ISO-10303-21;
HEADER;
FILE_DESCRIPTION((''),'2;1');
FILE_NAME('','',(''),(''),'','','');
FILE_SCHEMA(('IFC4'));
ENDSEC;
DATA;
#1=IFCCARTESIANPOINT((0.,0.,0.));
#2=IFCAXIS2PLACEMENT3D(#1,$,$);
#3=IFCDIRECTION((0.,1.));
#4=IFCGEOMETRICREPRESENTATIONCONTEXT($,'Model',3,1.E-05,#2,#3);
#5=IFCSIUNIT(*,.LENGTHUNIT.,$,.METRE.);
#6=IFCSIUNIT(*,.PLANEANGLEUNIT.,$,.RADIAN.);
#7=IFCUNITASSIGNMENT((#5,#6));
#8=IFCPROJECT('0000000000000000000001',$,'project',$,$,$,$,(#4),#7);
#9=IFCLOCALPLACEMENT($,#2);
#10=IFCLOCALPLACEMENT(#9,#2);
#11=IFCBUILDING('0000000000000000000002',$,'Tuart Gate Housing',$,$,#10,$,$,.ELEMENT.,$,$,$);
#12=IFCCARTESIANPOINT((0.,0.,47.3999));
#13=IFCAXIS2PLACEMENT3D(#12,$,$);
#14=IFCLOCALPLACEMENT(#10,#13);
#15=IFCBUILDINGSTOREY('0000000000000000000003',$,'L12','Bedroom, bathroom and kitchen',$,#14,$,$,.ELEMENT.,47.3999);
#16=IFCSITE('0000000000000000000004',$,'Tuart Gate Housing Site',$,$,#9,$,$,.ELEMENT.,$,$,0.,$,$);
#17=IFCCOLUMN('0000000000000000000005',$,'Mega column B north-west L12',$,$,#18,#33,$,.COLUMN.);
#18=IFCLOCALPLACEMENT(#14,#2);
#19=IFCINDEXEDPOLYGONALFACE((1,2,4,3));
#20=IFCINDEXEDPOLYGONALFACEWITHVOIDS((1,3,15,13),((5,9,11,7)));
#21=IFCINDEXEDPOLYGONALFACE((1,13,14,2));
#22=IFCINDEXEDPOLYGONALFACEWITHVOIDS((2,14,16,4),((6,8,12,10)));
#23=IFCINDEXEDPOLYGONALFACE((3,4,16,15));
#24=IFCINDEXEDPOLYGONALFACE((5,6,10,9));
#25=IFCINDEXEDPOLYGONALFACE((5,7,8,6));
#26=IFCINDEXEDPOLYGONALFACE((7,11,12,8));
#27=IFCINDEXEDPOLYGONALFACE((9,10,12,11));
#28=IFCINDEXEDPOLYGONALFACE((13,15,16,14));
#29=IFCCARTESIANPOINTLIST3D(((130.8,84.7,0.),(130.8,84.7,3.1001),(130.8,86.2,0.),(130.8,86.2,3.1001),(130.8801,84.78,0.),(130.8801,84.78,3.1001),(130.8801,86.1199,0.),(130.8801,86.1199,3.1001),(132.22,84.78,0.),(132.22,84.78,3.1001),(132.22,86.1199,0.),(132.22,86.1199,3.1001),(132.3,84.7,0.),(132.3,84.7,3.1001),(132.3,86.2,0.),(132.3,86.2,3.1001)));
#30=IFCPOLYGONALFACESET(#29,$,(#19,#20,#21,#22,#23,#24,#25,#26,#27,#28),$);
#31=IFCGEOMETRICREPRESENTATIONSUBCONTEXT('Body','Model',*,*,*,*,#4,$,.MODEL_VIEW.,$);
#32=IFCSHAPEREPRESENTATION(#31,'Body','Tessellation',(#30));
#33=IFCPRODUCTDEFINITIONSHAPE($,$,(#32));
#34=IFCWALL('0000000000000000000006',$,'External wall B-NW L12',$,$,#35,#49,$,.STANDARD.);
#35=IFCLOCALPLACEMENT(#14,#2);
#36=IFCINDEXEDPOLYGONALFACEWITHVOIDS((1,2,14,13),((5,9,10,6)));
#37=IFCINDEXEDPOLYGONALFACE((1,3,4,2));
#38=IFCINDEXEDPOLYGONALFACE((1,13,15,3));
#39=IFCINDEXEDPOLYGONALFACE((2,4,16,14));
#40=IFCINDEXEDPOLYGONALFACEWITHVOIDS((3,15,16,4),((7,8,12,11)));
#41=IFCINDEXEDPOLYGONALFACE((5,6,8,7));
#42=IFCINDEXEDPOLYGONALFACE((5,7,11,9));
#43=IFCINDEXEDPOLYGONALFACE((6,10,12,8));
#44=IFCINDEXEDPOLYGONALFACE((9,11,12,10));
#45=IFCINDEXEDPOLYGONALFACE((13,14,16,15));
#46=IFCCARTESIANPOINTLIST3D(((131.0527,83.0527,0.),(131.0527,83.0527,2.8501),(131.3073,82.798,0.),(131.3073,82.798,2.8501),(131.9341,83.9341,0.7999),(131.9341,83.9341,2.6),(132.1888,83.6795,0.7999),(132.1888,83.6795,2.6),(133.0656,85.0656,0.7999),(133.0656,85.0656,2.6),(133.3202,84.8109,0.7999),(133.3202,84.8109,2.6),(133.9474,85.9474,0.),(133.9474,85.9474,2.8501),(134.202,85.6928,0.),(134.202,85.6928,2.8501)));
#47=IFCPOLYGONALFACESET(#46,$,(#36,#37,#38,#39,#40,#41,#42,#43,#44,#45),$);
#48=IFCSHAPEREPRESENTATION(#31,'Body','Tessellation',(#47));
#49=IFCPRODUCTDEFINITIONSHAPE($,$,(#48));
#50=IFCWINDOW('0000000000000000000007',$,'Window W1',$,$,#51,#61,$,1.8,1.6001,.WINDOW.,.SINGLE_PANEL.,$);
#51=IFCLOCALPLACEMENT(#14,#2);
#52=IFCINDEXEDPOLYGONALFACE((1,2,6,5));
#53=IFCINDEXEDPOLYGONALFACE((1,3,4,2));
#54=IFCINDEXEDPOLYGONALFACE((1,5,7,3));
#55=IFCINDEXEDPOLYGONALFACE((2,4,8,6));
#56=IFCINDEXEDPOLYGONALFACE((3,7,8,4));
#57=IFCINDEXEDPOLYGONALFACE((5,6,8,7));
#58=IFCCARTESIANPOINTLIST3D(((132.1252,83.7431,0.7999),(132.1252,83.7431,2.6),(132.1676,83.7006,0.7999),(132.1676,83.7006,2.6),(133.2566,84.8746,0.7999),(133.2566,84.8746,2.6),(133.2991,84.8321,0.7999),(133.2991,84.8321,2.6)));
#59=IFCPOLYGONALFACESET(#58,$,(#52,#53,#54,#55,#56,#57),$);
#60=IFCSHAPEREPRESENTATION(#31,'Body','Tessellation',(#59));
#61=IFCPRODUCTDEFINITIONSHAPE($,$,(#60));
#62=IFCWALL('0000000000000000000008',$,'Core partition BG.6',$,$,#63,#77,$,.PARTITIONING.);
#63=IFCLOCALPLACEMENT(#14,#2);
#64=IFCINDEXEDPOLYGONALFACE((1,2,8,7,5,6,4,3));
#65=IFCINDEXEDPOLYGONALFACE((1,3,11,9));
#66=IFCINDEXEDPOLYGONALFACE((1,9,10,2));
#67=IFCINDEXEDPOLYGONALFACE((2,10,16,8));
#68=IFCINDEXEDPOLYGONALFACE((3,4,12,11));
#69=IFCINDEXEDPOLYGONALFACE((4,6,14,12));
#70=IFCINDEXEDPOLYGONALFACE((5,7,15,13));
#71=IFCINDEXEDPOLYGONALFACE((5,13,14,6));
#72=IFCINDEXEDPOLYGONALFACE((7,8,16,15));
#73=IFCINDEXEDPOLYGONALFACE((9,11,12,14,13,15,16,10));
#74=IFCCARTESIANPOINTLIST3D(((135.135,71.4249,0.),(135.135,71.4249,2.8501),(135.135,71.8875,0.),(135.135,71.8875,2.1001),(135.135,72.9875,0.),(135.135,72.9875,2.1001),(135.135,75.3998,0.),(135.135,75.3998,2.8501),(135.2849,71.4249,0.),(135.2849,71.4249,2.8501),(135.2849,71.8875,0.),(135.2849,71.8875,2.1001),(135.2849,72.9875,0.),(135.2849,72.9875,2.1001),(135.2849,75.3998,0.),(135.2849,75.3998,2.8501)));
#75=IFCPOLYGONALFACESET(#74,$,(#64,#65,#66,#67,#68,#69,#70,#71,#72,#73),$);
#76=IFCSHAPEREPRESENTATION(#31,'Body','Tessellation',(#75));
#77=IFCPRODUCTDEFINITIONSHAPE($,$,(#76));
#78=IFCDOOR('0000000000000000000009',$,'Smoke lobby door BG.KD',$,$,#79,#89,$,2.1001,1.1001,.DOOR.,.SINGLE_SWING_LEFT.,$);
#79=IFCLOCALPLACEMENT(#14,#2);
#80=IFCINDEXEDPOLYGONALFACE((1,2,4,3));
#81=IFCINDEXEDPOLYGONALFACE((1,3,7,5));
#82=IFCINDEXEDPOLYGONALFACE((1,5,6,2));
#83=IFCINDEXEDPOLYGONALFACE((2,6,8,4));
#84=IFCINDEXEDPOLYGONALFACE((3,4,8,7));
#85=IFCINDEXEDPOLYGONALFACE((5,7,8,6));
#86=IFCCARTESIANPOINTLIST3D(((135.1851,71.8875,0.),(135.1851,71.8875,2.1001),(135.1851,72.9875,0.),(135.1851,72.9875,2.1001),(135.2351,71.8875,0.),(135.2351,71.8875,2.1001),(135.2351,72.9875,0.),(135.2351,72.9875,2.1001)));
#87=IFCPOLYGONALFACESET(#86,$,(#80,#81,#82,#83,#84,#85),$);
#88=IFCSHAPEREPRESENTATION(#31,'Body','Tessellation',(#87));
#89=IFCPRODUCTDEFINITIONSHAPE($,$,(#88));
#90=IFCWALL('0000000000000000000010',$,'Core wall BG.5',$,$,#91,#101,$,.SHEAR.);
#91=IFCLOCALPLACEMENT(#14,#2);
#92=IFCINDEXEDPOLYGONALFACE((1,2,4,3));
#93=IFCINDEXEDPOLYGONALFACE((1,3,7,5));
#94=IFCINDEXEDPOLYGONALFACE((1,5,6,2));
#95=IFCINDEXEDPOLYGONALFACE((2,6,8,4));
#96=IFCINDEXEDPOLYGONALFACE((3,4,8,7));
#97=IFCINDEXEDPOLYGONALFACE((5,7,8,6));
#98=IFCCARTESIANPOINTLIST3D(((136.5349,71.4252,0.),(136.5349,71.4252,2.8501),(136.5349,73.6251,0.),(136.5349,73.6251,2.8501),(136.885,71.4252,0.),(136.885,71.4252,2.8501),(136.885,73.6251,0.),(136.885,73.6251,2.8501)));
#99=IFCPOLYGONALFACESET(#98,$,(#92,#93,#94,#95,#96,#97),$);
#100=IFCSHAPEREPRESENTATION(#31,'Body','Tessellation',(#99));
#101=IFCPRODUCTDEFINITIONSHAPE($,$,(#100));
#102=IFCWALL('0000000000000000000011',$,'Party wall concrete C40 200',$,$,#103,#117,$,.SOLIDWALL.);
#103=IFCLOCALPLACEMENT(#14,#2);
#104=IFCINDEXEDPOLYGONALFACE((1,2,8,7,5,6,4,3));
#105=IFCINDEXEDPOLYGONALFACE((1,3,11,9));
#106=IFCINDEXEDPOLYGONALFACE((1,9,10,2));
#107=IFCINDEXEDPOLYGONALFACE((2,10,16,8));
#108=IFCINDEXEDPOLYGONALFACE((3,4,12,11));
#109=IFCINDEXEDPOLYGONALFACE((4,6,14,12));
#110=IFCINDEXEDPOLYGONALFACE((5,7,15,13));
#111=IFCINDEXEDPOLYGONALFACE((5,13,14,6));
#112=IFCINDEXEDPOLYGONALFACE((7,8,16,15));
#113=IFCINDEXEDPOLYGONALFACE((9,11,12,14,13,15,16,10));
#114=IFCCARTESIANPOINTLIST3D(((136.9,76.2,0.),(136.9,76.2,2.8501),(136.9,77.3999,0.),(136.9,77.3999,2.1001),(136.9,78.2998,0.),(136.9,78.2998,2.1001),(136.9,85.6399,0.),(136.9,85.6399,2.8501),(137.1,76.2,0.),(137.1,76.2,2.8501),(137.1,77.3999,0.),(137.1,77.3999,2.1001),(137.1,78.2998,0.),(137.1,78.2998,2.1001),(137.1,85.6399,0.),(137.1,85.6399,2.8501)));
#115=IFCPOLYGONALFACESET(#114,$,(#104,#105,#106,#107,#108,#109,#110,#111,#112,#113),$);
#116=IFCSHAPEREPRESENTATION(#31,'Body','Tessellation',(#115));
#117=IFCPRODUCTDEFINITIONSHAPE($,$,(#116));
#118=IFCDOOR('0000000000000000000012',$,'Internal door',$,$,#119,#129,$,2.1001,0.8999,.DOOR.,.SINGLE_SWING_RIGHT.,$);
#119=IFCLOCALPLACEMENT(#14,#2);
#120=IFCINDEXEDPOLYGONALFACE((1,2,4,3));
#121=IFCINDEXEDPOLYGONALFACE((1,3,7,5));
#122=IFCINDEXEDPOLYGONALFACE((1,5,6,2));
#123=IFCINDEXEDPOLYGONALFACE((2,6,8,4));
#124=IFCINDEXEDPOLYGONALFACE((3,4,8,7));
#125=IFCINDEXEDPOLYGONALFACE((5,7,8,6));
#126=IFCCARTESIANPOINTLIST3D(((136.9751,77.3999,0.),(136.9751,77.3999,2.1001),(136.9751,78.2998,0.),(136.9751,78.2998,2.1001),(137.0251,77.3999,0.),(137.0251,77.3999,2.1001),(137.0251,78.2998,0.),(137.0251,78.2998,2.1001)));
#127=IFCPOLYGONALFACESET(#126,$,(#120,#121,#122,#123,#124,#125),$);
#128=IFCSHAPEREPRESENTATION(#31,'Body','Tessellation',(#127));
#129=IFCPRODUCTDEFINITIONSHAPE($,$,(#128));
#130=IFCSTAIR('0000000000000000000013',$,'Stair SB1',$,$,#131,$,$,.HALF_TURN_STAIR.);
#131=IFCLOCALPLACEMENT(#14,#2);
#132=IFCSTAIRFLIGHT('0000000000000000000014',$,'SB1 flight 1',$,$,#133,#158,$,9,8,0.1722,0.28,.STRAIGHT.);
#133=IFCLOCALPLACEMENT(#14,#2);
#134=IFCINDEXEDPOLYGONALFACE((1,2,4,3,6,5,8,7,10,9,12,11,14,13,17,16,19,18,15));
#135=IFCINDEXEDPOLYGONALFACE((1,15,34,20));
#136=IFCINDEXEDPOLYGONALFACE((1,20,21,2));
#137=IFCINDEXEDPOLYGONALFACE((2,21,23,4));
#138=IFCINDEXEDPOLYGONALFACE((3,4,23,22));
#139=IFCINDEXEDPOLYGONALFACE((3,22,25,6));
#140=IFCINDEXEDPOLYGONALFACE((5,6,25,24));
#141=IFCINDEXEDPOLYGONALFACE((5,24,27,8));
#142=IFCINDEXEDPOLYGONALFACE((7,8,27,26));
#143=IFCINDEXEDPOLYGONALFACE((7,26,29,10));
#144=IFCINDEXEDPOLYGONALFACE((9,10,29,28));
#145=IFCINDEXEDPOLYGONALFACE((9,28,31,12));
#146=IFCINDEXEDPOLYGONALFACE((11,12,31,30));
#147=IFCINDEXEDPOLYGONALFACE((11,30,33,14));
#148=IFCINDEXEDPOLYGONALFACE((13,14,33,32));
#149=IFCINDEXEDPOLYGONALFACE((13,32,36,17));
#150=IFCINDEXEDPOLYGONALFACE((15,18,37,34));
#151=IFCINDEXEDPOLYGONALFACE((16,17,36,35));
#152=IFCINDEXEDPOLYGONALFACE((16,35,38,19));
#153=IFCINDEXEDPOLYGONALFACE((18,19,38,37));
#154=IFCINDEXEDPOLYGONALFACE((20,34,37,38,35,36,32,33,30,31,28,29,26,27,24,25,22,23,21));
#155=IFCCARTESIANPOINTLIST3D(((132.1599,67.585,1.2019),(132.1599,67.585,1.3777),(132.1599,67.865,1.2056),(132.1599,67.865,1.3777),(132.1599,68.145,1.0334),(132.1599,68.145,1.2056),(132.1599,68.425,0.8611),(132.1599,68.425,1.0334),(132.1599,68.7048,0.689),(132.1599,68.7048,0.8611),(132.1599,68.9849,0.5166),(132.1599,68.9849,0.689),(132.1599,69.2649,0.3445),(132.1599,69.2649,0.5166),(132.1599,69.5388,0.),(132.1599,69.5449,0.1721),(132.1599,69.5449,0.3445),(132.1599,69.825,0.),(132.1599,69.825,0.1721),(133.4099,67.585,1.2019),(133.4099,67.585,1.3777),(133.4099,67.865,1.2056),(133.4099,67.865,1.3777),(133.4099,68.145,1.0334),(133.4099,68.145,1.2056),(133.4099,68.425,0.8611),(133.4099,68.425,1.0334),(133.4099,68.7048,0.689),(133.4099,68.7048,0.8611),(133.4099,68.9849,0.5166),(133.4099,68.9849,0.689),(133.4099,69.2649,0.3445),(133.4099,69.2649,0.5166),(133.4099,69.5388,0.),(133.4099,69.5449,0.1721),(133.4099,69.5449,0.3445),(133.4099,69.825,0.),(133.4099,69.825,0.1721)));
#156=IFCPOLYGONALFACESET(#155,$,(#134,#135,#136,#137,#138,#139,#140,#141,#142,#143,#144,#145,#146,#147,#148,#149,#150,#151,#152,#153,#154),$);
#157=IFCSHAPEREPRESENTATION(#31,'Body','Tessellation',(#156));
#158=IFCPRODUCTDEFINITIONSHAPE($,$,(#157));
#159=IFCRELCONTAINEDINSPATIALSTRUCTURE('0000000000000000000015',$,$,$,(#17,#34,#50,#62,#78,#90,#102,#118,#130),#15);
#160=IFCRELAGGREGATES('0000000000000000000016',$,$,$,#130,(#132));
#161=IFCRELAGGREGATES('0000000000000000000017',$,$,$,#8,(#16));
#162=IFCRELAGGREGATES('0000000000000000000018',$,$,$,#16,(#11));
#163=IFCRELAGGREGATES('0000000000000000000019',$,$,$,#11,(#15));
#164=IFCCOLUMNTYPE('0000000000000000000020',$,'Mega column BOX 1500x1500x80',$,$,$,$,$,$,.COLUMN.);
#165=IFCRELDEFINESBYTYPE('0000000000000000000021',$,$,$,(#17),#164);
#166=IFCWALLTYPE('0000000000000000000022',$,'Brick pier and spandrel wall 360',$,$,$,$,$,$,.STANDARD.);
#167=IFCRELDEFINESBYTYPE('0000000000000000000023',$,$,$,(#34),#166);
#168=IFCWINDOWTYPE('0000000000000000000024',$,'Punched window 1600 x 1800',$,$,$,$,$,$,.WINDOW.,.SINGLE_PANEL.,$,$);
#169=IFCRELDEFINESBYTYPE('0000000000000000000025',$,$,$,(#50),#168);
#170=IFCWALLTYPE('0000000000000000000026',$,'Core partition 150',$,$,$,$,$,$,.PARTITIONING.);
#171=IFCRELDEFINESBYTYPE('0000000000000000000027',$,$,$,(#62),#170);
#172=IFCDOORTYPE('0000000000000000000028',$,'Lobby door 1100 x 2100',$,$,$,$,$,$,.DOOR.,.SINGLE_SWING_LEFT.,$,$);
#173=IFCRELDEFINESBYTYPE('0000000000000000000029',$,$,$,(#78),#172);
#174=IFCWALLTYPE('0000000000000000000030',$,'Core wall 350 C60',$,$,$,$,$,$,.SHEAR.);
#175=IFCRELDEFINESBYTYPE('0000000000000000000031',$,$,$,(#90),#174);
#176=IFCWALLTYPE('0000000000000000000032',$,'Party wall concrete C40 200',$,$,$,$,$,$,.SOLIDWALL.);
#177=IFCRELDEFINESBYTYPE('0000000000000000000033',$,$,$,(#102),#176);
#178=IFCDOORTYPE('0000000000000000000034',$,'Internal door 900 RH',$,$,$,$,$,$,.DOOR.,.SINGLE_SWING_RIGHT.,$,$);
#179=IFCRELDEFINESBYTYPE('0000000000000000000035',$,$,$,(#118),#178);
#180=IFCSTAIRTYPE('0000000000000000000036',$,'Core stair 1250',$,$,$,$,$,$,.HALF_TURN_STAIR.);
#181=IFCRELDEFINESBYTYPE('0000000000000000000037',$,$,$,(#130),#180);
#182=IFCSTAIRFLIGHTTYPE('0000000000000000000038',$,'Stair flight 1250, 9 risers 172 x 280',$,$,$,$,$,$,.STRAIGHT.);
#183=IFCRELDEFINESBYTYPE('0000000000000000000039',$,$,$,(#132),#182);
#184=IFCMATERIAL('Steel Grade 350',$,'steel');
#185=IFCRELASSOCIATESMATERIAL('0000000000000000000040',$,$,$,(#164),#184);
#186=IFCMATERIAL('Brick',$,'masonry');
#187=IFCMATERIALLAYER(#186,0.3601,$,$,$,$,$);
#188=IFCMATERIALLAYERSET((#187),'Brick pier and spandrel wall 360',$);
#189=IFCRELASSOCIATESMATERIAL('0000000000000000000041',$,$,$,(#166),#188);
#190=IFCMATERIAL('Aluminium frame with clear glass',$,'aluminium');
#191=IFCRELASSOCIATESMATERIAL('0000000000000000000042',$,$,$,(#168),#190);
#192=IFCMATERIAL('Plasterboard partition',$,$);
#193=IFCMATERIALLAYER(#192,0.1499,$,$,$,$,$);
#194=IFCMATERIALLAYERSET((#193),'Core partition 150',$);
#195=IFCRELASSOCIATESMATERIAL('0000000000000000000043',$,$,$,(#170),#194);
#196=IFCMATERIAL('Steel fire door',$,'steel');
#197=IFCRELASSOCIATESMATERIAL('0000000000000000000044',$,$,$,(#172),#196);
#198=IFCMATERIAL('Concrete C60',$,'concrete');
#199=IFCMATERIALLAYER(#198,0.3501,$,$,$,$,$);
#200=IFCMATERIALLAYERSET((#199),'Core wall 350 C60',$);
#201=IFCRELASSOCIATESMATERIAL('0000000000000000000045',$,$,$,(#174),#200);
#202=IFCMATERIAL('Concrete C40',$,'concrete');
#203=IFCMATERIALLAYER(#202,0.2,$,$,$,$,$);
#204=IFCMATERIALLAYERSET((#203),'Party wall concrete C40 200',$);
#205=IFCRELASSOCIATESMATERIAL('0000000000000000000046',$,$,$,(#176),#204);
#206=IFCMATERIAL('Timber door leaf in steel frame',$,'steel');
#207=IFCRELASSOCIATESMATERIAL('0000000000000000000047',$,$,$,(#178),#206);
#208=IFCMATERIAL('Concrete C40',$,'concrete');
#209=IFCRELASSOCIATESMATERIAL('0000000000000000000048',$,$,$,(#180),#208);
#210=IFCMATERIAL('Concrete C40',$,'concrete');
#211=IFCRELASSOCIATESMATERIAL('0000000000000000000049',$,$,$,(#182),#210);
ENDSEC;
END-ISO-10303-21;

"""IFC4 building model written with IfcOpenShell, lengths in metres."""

from ifc_helpers import new_model, si_unit, direction, frame, frame_2d, origin, origin_2d, place, context, subcontext, project, spatial, polyline, rectangle, hollow_rectangle, outline, extrude, material, layer, layer_set, material_profile, profile_set, type_object, element, fill, aggregate, save


model = new_model("IFC4")

# Units and contexts
model_context = context("Model", 3, precision=1e-05, world=origin(), true_north=direction((0.0, 1.0)))
body_context = subcontext(model_context, "Body", "Model", "MODEL_VIEW")
ifc_project = project(units=[si_unit("LENGTHUNIT", "METRE"), si_unit("PLANEANGLEUNIT", "RADIAN")], contexts=[model_context])

# Site, building, storey
site_placement = place(None, origin())
site = spatial("IfcSite", under=ifc_project, at=site_placement, Name="Tuart Gate Housing Site", CompositionType="ELEMENT", RefElevation=0.0)
building_placement = place(site_placement, origin())
building = spatial("IfcBuilding", under=site, at=building_placement, Name="Tuart Gate Housing", CompositionType="ELEMENT")
storey_placement = place(building_placement, frame((0.0, 0.0, 47.3999)))
storey = spatial("IfcBuildingStorey", under=building, at=storey_placement, Name="L12", Description="Bedroom, bathroom and kitchen", CompositionType="ELEMENT", Elevation=47.3999)

# Column
ifc_material_1 = material(Name="Steel Grade 350", Category="steel")
ifc_material_profile = material_profile(ifc_material_1, hollow_rectangle(XDim=1.5, YDim=1.5, WallThickness=0.0801, at=origin_2d()), Name="BOX 1500x1500x80")
ifc_profile_set = profile_set([ifc_material_profile], Name="Steel Grade 350")
column_type = type_object("IfcColumnType", Name="Mega column BOX 1500x1500x80", PredefinedType="COLUMN", material=ifc_profile_set)
column_placement = place(storey_placement, frame((131.55, 85.45, 0.0), z_axis=(0.0, 0.0, 1.0), x_axis=(1.0, 0.0, 0.0)))
element("IfcColumn", 1, at=column_placement, inside=storey, type_object=column_type, Name="Mega column B north-west L12", PredefinedType="COLUMN", context=body_context, shape_type="SweptSolid", body=[
    extrude(hollow_rectangle(XDim=1.5, YDim=1.5, WallThickness=0.0801, at=origin_2d()), origin(), (0.0, 0.0, 1.0), 3.1001),
])

# Wall, opening, window
ifc_material_2 = material(Name="Brick", Category="masonry")
ifc_layer_1 = layer(ifc_material_2, 0.3601)
ifc_layer_set_1 = layer_set([ifc_layer_1], Name="Brick pier and spandrel wall 360")
wall_type_1 = type_object("IfcWallType", Name="Brick pier and spandrel wall 360", PredefinedType="STANDARD", material=ifc_layer_set_1)
wall_1_placement = place(storey_placement, frame((134.0747, 85.8201, 0.0), z_axis=(0.0, 0.0, 1.0), x_axis=(-0.707107, -0.707107, 0.0)))
wall_1 = element("IfcWall", 2, at=wall_1_placement, inside=storey, type_object=wall_type_1, Name="External wall B-NW L12", PredefinedType="STANDARD", context=body_context, shape_type="SweptSolid", body=[
    extrude(rectangle(XDim=4.0938, YDim=0.3601, at=frame_2d((2.0469, 0.0))), origin(), (0.0, 0.0, 1.0), 2.8501),
])
opening_1_placement = place(wall_1_placement, frame((1.2471, 0.0, 0.8)))
opening_1 = element("IfcOpeningElement", 3, at=opening_1_placement, cuts=wall_1, PredefinedType="OPENING", context=body_context, shape_type="SweptSolid", body=[
    extrude(rectangle(XDim=1.6001, YDim=1.8, at=frame_2d((0.8, 0.8999))), frame((0.0, 0.1899, 0.0), z_axis=(0.0, -1.0, 0.0), x_axis=(1.0, 0.0, 0.0)), (0.0, 0.0, 1.0), 0.3801),
])
ifc_material_3 = material(Name="Aluminium frame with clear glass", Category="aluminium")
window_type = type_object("IfcWindowType", Name="Punched window 1600 x 1800", PartitioningType="SINGLE_PANEL", PredefinedType="WINDOW", material=ifc_material_3)
window_placement = place(opening_1_placement, origin())
window = element("IfcWindow", 4, at=window_placement, inside=storey, type_object=window_type, Name="Window W1", OverallHeight=1.8, OverallWidth=1.6001, PartitioningType="SINGLE_PANEL", PredefinedType="WINDOW", context=body_context, shape_type="SweptSolid", body=[
    extrude(rectangle(XDim=1.6001, YDim=1.8, at=frame_2d((0.8, 0.8999))), frame((0.0, 0.1501, 0.0), z_axis=(0.0, -1.0, 0.0), x_axis=(1.0, 0.0, 0.0)), (0.0, 0.0, 1.0), 0.0601),
])
fill(opening_1, window)

# Wall, opening, door
ifc_material_4 = material(Name="Plasterboard partition")
ifc_layer_2 = layer(ifc_material_4, 0.1499)
ifc_layer_set_2 = layer_set([ifc_layer_2], Name="Core partition 150")
wall_type_2 = type_object("IfcWallType", Name="Core partition 150", PredefinedType="PARTITIONING", material=ifc_layer_set_2)
wall_2_placement = place(storey_placement, frame((135.21, 71.425, 0.0), z_axis=(0.0, 0.0, 1.0), x_axis=(0.0, 1.0, 0.0)))
wall_2 = element("IfcWall", 5, at=wall_2_placement, inside=storey, type_object=wall_type_2, Name="Core partition BG.6", PredefinedType="PARTITIONING", context=body_context, shape_type="SweptSolid", body=[
    extrude(rectangle(XDim=3.9749, YDim=0.1499, at=frame_2d((1.9873, 0.0))), origin(), (0.0, 0.0, 1.0), 2.8501),
])
opening_2_placement = place(wall_2_placement, frame((0.4624, 0.0, 0.0)))
opening_2 = element("IfcOpeningElement", 6, at=opening_2_placement, cuts=wall_2, PredefinedType="OPENING", context=body_context, shape_type="SweptSolid", body=[
    extrude(rectangle(XDim=1.1001, YDim=2.1001, at=frame_2d((0.55, 1.05))), frame((0.0, 0.085, 0.0), z_axis=(0.0, -1.0, 0.0), x_axis=(1.0, 0.0, 0.0)), (0.0, 0.0, 1.0), 0.1699),
])
ifc_material_5 = material(Name="Steel fire door", Category="steel")
door_type_1 = type_object("IfcDoorType", Name="Lobby door 1100 x 2100", OperationType="SINGLE_SWING_LEFT", PredefinedType="DOOR", material=ifc_material_5)
door_1_placement = place(opening_2_placement, origin())
door_1 = element("IfcDoor", 7, at=door_1_placement, inside=storey, type_object=door_type_1, Name="Smoke lobby door BG.KD", OperationType="SINGLE_SWING_LEFT", OverallHeight=2.1001, OverallWidth=1.1001, PredefinedType="DOOR", context=body_context, shape_type="SweptSolid", body=[
    extrude(rectangle(XDim=1.1001, YDim=2.1001, at=frame_2d((0.55, 1.05))), frame((0.0, 0.0249, 0.0), z_axis=(0.0, -1.0, 0.0), x_axis=(1.0, 0.0, 0.0)), (0.0, 0.0, 1.0), 0.05),
])
fill(opening_2, door_1)

# Wall
ifc_material_6 = material(Name="Concrete C60", Category="concrete")
ifc_layer_3 = layer(ifc_material_6, 0.3501)
ifc_layer_set_3 = layer_set([ifc_layer_3], Name="Core wall 350 C60")
wall_type_3 = type_object("IfcWallType", Name="Core wall 350 C60", PredefinedType="SHEAR", material=ifc_layer_set_3)
wall_3_placement = place(storey_placement, frame((136.71, 71.425, 0.0), z_axis=(0.0, 0.0, 1.0), x_axis=(0.0, 1.0, 0.0)))
element("IfcWall", 8, at=wall_3_placement, inside=storey, type_object=wall_type_3, Name="Core wall BG.5", PredefinedType="SHEAR", context=body_context, shape_type="SweptSolid", body=[
    extrude(rectangle(XDim=2.2, YDim=0.3501, at=frame_2d((1.1001, 0.0))), origin(), (0.0, 0.0, 1.0), 2.8501),
])

# Wall, opening, door
ifc_material_7 = material(Name="Concrete C40", Category="concrete")
ifc_layer_4 = layer(ifc_material_7, 0.2)
ifc_layer_set_4 = layer_set([ifc_layer_4], Name="Party wall concrete C40 200")
wall_type_4 = type_object("IfcWallType", Name="Party wall concrete C40 200", PredefinedType="SOLIDWALL", material=ifc_layer_set_4)
wall_4_placement = place(storey_placement, frame((137.0, 76.2, 0.0), z_axis=(0.0, 0.0, 1.0), x_axis=(0.0, 1.0, 0.0)))
wall_4 = element("IfcWall", 9, at=wall_4_placement, inside=storey, type_object=wall_type_4, Name="Party wall concrete C40 200", PredefinedType="SOLIDWALL", context=body_context, shape_type="SweptSolid", body=[
    extrude(rectangle(XDim=9.4399, YDim=0.2, at=frame_2d((4.72, 0.0))), origin(), (0.0, 0.0, 1.0), 2.8501),
])
opening_3_placement = place(wall_4_placement, frame((1.2, 0.0, 0.0)))
opening_3 = element("IfcOpeningElement", 10, at=opening_3_placement, cuts=wall_4, PredefinedType="OPENING", context=body_context, shape_type="SweptSolid", body=[
    extrude(rectangle(XDim=0.8999, YDim=2.1001, at=frame_2d((0.45, 1.05))), frame((0.0, 0.1099, 0.0), z_axis=(0.0, -1.0, 0.0), x_axis=(1.0, 0.0, 0.0)), (0.0, 0.0, 1.0), 0.22),
])
ifc_material_8 = material(Name="Timber door leaf in steel frame", Category="steel")
door_type_2 = type_object("IfcDoorType", Name="Internal door 900 RH", OperationType="SINGLE_SWING_RIGHT", PredefinedType="DOOR", material=ifc_material_8)
door_2_placement = place(opening_3_placement, frame((0.8999, 0.0, 0.0), z_axis=(0.0, 0.0, 1.0), x_axis=(-1.0, 0.0, 0.0)))
door_2 = element("IfcDoor", 11, at=door_2_placement, inside=storey, type_object=door_type_2, Name="Internal door", OperationType="SINGLE_SWING_RIGHT", OverallHeight=2.1001, OverallWidth=0.8999, PredefinedType="DOOR", context=body_context, shape_type="SweptSolid", body=[
    extrude(rectangle(XDim=0.8999, YDim=2.1001, at=frame_2d((0.45, 1.05))), frame((0.0, 0.0251, 0.0), z_axis=(0.0, -1.0, 0.0), x_axis=(1.0, 0.0, 0.0)), (0.0, 0.0, 1.0), 0.05),
])
fill(opening_3, door_2)

# Stair, stair flight
ifc_material_9 = material(Name="Concrete C40", Category="concrete")
stair_type = type_object("IfcStairType", Name="Core stair 1250", PredefinedType="HALF_TURN_STAIR", material=ifc_material_9)
stair_placement = place(storey_placement, origin())
stair = element("IfcStair", 12, at=stair_placement, inside=storey, type_object=stair_type, Name="Stair SB1", PredefinedType="HALF_TURN_STAIR")
ifc_material_10 = material(Name="Concrete C40", Category="concrete")
stair_flight_type = type_object("IfcStairFlightType", Name="Stair flight 1250, 9 risers 172 x 280", PredefinedType="STRAIGHT", material=ifc_material_10)
stair_flight_placement = place(storey_placement, frame((132.7849, 69.825, 0.0), z_axis=(0.0, 0.0, 1.0), x_axis=(0.0, -1.0, 0.0)))
stair_flight = element("IfcStairFlight", 13, at=stair_flight_placement, type_object=stair_flight_type, Name="SB1 flight 1", NumberOfRisers=9, NumberOfTreads=8, PredefinedType="STRAIGHT", RiserHeight=0.1722, TreadLength=0.28, context=body_context, shape_type="SweptSolid", body=[
    extrude(outline(polyline([(0.0, 0.0), (0.0, 0.1721), (0.28, 0.1721), (0.28, 0.3445), (0.5601, 0.3445), (0.5601, 0.5166), (0.8401, 0.5166), (0.8401, 0.689), (1.1201, 0.689), (1.1201, 0.8611), (1.3999, 0.8611), (1.3999, 1.0334), (1.6799, 1.0334), (1.6799, 1.2056), (1.96, 1.2056), (1.96, 1.3777), (2.24, 1.3777), (2.24, 1.55), (2.24, 1.2019), (0.2861, 0.0), (0.0, 0.0)])), frame((0.0, 0.625, 0.0), z_axis=(0.0, -1.0, 0.0), x_axis=(1.0, 0.0, 0.0)), (0.0, 0.0, 1.0), 1.25),
])
aggregate(stair, [stair_flight])

save(model, "model.ifc")
